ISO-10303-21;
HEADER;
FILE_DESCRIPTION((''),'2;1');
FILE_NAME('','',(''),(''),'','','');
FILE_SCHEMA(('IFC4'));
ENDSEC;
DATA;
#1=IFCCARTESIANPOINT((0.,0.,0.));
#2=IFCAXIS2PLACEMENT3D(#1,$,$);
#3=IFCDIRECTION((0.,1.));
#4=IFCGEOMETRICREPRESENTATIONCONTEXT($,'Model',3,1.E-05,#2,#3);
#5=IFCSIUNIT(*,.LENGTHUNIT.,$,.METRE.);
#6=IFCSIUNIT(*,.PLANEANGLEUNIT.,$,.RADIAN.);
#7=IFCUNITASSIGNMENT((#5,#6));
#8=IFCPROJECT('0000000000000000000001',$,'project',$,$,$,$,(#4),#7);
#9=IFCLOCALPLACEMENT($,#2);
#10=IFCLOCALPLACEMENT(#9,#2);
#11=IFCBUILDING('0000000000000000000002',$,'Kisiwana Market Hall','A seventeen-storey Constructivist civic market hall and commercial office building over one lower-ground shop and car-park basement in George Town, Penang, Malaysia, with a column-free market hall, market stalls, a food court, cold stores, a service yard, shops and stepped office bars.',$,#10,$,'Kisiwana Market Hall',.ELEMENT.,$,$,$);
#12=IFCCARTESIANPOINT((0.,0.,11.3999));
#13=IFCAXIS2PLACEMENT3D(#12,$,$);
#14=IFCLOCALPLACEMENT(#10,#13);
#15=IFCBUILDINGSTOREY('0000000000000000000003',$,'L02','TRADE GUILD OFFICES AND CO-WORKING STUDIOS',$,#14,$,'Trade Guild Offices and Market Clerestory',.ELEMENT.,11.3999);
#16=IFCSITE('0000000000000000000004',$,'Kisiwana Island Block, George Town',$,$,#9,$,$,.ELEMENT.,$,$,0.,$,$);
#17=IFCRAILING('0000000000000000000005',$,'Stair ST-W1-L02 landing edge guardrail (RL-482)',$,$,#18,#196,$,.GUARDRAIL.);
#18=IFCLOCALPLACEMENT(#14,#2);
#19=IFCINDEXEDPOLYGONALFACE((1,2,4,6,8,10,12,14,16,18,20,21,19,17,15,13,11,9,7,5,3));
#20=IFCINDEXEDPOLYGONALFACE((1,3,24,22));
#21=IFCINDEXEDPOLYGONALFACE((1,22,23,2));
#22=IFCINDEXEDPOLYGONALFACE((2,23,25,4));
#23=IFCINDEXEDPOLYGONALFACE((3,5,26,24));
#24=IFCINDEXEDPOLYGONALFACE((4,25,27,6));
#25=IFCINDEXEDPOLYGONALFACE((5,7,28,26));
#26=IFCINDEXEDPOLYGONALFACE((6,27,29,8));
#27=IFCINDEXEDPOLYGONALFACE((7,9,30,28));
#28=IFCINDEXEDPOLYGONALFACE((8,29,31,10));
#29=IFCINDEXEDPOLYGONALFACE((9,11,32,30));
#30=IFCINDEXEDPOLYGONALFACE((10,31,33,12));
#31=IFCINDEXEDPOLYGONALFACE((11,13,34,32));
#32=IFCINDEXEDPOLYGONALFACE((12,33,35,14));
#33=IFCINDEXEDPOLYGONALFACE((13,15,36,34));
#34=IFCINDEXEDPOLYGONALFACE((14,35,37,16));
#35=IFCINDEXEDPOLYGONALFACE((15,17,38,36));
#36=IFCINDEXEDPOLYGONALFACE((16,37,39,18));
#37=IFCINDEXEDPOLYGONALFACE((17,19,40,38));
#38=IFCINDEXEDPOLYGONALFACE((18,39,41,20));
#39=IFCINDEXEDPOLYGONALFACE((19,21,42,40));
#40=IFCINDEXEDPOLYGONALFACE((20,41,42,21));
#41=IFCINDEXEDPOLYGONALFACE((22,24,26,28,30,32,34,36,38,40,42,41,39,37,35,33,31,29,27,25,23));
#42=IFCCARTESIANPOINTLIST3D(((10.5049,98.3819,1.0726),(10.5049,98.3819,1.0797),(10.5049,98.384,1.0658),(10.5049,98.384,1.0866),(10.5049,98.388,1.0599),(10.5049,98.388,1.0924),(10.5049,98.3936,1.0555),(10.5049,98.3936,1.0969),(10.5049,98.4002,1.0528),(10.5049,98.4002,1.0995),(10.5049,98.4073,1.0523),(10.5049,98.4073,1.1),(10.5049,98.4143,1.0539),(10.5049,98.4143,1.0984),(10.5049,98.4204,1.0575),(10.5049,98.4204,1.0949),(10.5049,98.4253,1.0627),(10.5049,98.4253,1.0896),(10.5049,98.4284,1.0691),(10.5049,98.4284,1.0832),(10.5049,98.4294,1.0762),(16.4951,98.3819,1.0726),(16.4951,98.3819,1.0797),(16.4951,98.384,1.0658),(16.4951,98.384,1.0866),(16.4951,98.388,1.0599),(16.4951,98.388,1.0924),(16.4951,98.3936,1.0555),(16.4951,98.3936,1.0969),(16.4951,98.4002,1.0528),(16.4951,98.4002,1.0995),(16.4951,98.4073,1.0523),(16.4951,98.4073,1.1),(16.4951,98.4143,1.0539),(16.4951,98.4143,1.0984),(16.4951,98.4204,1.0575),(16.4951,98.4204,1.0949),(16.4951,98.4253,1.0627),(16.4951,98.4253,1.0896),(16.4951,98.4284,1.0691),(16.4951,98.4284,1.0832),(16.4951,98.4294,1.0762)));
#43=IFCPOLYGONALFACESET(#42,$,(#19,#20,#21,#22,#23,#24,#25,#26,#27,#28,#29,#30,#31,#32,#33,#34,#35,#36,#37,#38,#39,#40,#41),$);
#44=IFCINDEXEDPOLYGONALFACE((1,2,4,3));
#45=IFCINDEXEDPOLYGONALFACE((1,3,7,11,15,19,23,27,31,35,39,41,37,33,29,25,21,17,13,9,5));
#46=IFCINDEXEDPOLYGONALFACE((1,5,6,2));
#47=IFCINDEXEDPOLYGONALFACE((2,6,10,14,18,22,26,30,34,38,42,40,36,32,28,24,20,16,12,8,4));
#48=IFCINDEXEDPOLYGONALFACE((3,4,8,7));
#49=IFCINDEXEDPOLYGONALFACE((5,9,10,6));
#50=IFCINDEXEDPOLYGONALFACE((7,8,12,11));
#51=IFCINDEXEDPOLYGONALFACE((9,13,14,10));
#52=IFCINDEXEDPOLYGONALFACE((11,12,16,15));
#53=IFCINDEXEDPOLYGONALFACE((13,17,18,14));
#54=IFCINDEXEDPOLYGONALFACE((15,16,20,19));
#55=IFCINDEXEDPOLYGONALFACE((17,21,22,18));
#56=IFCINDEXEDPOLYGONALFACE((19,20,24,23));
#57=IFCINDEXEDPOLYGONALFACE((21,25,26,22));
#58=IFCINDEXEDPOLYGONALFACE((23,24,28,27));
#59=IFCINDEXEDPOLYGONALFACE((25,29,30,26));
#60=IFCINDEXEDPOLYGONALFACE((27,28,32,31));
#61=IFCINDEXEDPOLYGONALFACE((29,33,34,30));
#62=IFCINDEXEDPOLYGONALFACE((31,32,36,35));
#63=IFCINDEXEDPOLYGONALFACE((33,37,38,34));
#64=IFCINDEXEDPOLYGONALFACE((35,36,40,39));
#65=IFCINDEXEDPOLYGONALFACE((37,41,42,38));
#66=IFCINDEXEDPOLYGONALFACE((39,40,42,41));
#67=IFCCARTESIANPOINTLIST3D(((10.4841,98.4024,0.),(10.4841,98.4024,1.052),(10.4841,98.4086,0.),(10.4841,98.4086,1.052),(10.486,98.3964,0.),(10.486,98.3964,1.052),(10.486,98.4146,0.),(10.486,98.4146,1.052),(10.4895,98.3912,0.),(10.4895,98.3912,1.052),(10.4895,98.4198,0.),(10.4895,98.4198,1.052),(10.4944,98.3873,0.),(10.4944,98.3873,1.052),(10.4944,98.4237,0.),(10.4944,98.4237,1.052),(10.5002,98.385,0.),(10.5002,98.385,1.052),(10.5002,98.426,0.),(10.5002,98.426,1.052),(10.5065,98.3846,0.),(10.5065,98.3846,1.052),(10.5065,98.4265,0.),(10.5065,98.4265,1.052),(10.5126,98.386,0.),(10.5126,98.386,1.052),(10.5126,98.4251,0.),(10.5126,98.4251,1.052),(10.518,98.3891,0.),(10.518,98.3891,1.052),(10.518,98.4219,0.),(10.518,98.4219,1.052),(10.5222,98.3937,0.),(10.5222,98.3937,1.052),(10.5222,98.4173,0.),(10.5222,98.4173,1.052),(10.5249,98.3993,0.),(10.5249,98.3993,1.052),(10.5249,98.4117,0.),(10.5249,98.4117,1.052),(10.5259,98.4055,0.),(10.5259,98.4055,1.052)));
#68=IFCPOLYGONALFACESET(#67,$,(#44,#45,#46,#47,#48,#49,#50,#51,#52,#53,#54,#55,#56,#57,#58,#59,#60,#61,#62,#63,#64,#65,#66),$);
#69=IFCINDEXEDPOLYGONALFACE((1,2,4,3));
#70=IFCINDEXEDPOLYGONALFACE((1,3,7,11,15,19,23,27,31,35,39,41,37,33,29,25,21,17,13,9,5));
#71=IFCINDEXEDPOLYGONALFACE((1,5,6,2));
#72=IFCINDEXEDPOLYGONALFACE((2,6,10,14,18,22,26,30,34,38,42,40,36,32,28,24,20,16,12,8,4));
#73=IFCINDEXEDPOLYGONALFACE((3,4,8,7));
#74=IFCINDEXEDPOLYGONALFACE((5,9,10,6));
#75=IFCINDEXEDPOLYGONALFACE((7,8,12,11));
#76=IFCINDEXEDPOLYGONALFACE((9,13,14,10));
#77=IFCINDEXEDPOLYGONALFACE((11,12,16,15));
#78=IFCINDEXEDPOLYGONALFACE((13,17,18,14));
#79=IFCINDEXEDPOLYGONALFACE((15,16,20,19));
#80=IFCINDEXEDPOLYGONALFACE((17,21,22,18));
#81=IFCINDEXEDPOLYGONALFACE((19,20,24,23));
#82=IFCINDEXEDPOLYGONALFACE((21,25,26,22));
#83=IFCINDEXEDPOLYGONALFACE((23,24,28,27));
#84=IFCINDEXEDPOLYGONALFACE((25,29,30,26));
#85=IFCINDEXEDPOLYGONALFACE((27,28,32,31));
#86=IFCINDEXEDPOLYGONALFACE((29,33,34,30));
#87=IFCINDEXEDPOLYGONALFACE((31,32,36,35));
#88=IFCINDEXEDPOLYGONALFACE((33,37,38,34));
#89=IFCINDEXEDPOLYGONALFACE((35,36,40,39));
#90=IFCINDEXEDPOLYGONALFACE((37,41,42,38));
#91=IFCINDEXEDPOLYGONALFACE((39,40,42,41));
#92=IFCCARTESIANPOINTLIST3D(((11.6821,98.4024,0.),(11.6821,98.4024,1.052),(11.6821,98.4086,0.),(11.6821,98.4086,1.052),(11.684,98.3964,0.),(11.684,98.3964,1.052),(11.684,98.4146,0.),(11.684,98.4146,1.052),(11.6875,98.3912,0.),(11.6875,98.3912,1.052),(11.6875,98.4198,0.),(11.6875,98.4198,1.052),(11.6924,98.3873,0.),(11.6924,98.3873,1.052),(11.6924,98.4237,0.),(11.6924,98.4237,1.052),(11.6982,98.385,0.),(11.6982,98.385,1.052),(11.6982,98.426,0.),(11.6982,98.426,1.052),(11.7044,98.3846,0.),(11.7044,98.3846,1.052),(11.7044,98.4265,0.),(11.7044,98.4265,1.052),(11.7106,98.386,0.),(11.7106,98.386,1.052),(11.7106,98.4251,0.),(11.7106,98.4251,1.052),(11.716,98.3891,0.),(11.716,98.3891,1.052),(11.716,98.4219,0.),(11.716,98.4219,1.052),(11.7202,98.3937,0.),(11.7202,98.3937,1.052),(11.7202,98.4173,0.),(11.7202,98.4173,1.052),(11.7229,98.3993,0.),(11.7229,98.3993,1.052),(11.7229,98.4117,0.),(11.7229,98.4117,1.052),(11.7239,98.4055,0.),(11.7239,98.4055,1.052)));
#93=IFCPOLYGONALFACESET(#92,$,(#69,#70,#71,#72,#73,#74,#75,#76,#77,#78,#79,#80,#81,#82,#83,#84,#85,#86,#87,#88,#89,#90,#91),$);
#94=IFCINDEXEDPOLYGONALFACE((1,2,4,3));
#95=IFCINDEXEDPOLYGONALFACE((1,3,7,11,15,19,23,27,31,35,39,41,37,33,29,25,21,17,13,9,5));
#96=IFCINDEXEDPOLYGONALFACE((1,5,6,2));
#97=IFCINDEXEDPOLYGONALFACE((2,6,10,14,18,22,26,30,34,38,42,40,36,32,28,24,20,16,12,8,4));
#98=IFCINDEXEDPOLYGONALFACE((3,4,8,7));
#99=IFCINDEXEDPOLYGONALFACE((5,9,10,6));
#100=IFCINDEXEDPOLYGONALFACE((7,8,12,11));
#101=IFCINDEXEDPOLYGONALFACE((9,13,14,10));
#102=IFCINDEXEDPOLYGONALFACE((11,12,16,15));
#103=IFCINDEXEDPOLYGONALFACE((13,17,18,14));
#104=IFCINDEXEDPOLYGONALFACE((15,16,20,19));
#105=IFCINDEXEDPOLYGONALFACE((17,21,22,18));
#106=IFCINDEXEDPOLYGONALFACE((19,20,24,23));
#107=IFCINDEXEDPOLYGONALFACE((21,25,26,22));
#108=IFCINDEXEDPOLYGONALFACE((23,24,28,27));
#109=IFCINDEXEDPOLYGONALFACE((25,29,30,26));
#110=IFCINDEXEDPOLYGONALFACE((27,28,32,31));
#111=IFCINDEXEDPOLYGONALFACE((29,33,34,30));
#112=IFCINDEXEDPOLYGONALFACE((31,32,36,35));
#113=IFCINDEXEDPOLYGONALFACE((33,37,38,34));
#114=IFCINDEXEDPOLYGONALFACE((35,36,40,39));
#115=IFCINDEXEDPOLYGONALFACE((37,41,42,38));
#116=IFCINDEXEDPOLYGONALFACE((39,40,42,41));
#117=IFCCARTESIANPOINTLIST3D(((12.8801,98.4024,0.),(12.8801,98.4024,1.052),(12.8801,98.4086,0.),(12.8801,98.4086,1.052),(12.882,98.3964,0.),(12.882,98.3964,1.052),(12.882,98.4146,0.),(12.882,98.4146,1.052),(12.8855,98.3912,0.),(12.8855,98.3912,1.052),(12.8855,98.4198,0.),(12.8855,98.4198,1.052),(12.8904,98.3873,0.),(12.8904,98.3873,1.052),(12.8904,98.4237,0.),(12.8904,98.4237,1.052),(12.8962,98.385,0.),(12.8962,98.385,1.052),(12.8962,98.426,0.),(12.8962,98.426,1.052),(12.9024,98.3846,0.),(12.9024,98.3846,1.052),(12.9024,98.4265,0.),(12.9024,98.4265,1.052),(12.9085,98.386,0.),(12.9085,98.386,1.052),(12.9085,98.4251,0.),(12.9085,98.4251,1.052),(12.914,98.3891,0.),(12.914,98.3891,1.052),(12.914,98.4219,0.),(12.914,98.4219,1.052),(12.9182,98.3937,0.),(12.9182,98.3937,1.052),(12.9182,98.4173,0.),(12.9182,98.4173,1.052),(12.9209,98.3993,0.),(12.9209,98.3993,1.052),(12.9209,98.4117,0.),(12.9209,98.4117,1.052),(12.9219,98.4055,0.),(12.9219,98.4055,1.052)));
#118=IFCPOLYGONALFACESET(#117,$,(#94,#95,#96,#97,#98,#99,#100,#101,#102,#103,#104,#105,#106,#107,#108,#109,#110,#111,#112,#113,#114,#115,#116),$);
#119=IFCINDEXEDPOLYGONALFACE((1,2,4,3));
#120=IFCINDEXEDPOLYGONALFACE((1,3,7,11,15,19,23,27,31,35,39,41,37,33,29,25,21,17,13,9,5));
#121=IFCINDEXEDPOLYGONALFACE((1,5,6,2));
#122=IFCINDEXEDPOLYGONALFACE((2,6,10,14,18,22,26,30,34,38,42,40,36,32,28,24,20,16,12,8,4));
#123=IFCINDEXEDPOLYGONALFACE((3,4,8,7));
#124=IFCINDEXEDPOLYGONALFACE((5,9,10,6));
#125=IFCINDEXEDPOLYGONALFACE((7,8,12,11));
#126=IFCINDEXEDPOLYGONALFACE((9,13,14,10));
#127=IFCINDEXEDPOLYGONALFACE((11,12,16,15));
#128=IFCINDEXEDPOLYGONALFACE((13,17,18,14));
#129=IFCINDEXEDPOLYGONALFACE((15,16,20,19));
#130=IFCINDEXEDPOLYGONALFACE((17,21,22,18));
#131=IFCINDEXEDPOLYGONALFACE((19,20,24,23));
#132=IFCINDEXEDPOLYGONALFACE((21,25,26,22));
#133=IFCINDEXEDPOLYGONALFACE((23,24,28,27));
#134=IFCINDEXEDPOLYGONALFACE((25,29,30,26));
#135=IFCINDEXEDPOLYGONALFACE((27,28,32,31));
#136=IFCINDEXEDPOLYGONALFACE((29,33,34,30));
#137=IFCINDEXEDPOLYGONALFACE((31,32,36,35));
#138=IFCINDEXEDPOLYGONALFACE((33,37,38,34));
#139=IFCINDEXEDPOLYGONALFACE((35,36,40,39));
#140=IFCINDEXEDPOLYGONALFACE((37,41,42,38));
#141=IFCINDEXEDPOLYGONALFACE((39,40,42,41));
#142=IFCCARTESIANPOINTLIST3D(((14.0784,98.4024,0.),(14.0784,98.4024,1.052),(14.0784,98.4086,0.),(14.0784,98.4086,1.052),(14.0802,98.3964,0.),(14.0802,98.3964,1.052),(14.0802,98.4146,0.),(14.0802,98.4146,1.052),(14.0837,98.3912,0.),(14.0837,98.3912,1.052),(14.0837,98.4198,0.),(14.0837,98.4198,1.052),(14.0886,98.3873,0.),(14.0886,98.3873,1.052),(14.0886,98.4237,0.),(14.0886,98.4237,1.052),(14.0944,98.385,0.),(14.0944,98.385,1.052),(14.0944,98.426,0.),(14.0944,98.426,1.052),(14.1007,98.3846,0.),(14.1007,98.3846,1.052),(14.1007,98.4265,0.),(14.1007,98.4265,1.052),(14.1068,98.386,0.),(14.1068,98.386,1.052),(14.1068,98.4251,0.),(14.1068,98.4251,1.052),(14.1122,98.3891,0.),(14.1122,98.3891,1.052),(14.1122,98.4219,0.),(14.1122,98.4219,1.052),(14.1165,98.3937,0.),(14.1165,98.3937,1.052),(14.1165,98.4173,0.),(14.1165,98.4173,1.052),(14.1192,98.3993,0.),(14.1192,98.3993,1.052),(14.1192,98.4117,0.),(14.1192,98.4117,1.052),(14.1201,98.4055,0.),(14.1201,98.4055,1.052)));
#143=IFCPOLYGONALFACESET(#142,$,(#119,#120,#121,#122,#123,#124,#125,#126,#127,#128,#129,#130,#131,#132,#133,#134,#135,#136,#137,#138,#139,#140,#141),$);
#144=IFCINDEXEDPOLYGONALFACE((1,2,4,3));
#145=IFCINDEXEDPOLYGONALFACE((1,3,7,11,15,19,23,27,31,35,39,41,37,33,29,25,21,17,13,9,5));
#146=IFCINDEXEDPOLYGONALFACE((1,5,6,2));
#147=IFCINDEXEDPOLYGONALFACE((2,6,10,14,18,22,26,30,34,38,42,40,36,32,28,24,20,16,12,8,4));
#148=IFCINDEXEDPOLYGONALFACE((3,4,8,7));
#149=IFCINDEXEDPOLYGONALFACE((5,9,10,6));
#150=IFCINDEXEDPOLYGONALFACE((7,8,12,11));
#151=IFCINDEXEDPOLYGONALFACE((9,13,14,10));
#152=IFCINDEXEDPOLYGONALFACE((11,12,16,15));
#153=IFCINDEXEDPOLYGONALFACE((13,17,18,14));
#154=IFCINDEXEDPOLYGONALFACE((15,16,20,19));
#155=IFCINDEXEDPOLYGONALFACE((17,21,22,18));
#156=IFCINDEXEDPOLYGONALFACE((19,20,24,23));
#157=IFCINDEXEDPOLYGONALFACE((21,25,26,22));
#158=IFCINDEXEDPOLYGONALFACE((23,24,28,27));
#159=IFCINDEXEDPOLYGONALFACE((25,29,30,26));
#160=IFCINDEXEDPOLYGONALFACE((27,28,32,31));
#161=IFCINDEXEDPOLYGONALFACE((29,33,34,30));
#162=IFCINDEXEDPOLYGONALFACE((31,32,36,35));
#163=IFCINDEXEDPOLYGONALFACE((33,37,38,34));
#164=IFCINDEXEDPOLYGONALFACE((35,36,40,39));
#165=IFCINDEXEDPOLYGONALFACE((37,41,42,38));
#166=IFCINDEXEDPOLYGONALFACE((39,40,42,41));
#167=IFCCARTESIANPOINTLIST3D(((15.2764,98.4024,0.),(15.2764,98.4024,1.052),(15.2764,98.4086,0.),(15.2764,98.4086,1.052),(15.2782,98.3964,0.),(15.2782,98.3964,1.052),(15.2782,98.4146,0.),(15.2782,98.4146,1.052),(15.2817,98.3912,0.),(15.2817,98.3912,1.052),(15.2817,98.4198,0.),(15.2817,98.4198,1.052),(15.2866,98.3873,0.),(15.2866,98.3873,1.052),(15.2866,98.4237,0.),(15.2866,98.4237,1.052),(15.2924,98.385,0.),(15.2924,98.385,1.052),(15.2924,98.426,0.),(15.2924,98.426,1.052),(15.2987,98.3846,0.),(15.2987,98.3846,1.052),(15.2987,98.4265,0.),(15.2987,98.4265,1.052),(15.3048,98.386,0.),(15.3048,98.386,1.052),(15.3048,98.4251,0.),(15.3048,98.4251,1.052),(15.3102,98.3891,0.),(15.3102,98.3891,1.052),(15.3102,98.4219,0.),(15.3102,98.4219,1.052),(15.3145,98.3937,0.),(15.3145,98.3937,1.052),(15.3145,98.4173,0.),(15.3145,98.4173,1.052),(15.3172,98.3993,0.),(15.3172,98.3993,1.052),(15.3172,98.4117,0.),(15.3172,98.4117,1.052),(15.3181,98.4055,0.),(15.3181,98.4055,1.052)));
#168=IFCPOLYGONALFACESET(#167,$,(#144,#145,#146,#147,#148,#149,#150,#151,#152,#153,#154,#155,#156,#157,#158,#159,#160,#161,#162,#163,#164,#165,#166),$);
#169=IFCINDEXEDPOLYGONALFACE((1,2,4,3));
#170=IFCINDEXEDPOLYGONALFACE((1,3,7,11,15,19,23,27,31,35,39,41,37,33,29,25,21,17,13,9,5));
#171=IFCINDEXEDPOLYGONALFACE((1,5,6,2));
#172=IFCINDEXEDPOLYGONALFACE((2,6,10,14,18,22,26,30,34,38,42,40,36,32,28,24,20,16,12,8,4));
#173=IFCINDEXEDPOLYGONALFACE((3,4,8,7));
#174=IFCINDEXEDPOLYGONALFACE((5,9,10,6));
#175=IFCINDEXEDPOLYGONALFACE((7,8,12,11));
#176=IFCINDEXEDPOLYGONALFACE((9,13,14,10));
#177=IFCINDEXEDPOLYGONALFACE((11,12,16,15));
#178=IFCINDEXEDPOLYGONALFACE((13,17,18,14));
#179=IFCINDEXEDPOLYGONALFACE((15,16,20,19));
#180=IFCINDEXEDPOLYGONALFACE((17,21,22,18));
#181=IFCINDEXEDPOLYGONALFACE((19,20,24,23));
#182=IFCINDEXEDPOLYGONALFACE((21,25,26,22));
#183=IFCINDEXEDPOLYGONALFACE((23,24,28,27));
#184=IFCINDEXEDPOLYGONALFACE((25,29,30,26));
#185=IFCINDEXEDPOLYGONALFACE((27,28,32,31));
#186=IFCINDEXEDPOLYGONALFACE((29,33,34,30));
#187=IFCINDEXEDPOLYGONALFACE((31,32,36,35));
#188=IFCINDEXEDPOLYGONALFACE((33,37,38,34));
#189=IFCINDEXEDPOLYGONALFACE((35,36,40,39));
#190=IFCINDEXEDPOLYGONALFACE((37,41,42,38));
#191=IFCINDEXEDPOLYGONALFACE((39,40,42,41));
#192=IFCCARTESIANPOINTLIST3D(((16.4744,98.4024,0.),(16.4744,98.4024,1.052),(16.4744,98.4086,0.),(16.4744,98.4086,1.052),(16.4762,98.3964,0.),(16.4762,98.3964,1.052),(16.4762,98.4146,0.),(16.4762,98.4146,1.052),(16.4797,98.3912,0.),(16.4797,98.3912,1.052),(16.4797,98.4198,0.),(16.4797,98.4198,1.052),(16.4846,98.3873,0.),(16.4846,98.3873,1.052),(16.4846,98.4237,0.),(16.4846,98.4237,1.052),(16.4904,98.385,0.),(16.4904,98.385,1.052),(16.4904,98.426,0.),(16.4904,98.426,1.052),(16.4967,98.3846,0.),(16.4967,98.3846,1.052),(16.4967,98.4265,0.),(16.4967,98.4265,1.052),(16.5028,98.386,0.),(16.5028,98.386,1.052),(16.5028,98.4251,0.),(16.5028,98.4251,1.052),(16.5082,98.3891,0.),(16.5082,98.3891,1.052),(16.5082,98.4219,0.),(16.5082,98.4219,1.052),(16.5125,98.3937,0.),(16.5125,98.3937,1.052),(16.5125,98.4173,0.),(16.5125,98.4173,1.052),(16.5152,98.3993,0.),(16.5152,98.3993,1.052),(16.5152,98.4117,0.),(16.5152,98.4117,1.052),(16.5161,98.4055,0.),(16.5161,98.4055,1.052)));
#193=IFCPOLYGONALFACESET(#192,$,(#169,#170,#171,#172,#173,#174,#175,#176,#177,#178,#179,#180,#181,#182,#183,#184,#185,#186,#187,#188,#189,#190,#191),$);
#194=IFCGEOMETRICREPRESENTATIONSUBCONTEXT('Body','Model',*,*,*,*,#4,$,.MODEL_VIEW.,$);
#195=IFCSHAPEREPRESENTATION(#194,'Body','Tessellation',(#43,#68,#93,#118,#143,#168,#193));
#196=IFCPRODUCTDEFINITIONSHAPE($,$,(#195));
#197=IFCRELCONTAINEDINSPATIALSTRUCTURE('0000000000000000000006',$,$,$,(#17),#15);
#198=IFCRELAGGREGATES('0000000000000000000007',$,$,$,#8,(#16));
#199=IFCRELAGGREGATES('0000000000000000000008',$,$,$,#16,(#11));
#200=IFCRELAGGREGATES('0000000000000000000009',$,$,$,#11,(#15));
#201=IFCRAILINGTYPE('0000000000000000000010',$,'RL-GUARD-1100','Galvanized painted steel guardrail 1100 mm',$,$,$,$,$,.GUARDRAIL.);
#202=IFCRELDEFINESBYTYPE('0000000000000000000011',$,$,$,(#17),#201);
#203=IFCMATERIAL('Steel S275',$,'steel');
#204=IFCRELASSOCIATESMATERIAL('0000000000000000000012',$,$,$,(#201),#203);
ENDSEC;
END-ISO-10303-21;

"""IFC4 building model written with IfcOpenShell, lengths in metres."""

from ifc_helpers import new_model, si_unit, direction, frame, origin, origin_2d, place, context, subcontext, project, spatial, circle, extrude, material, type_object, element, save


model = new_model("IFC4")

# Units and contexts
model_context = context("Model", 3, precision=1e-05, world=origin(), true_north=direction((0.0, 1.0)))
body_context = subcontext(model_context, "Body", "Model", "MODEL_VIEW")
ifc_project = project(units=[si_unit("LENGTHUNIT", "METRE"), si_unit("PLANEANGLEUNIT", "RADIAN")], contexts=[model_context])

# Site, building, storey
site_placement = place(None, origin())
site = spatial("IfcSite", under=ifc_project, at=site_placement, Name="Kisiwana Island Block, George Town", CompositionType="ELEMENT", RefElevation=0.0)
building_placement = place(site_placement, origin())
building = spatial("IfcBuilding", under=site, at=building_placement, Name="Kisiwana Market Hall", Description="A seventeen-storey Constructivist civic market hall and commercial office building over one lower-ground shop and car-park basement in George Town, Penang, Malaysia, with a column-free market hall, market stalls, a food court, cold stores, a service yard, shops and stepped office bars.", LongName="Kisiwana Market Hall", CompositionType="ELEMENT")
storey_placement = place(building_placement, frame((0.0, 0.0, 11.3999)))
storey = spatial("IfcBuildingStorey", under=building, at=storey_placement, Name="L02", Description="TRADE GUILD OFFICES AND CO-WORKING STUDIOS", LongName="Trade Guild Offices and Market Clerestory", CompositionType="ELEMENT", Elevation=11.3999)

# Railing
ifc_material_1 = material(Name="Steel S275", Category="steel")
railing_type_1 = type_object("IfcRailingType", Name="RL-GUARD-1100", Description="Galvanized painted steel guardrail 1100 mm", PredefinedType="GUARDRAIL", material=ifc_material_1)
railing_1_placement = place(storey_placement, frame((10.5049, 98.4055, 0.0)))
element("IfcRailing", 1, at=railing_1_placement, inside=storey, type_object=railing_type_1, Name="Stair ST-W1-L02 landing edge guardrail (RL-482)", PredefinedType="GUARDRAIL", context=body_context, shape_type="SweptSolid", body=[
    extrude(circle(Radius=0.0239, at=origin_2d()), frame((0.0, 0.0, 1.0762), z_axis=(1.0, 0.0, 0.0), x_axis=(0.0, 1.0, 0.0)), (0.0, 0.0, 1.0), 5.9902),
    extrude(circle(Radius=0.021, at=origin_2d()), origin(), (0.0, 0.0, 1.0), 1.052),
    extrude(circle(Radius=0.021, at=origin_2d()), frame((1.198, 0.0, 0.0)), (0.0, 0.0, 1.0), 1.052),
    extrude(circle(Radius=0.021, at=origin_2d()), frame((2.396, 0.0, 0.0)), (0.0, 0.0, 1.0), 1.052),
    extrude(circle(Radius=0.021, at=origin_2d()), frame((3.5942, 0.0, 0.0)), (0.0, 0.0, 1.0), 1.052),
    extrude(circle(Radius=0.021, at=origin_2d()), frame((4.7922, 0.0, 0.0)), (0.0, 0.0, 1.0), 1.052),
    extrude(circle(Radius=0.021, at=origin_2d()), frame((5.9902, 0.0, 0.0)), (0.0, 0.0, 1.0), 1.052),
])

save(model, "model.ifc")
